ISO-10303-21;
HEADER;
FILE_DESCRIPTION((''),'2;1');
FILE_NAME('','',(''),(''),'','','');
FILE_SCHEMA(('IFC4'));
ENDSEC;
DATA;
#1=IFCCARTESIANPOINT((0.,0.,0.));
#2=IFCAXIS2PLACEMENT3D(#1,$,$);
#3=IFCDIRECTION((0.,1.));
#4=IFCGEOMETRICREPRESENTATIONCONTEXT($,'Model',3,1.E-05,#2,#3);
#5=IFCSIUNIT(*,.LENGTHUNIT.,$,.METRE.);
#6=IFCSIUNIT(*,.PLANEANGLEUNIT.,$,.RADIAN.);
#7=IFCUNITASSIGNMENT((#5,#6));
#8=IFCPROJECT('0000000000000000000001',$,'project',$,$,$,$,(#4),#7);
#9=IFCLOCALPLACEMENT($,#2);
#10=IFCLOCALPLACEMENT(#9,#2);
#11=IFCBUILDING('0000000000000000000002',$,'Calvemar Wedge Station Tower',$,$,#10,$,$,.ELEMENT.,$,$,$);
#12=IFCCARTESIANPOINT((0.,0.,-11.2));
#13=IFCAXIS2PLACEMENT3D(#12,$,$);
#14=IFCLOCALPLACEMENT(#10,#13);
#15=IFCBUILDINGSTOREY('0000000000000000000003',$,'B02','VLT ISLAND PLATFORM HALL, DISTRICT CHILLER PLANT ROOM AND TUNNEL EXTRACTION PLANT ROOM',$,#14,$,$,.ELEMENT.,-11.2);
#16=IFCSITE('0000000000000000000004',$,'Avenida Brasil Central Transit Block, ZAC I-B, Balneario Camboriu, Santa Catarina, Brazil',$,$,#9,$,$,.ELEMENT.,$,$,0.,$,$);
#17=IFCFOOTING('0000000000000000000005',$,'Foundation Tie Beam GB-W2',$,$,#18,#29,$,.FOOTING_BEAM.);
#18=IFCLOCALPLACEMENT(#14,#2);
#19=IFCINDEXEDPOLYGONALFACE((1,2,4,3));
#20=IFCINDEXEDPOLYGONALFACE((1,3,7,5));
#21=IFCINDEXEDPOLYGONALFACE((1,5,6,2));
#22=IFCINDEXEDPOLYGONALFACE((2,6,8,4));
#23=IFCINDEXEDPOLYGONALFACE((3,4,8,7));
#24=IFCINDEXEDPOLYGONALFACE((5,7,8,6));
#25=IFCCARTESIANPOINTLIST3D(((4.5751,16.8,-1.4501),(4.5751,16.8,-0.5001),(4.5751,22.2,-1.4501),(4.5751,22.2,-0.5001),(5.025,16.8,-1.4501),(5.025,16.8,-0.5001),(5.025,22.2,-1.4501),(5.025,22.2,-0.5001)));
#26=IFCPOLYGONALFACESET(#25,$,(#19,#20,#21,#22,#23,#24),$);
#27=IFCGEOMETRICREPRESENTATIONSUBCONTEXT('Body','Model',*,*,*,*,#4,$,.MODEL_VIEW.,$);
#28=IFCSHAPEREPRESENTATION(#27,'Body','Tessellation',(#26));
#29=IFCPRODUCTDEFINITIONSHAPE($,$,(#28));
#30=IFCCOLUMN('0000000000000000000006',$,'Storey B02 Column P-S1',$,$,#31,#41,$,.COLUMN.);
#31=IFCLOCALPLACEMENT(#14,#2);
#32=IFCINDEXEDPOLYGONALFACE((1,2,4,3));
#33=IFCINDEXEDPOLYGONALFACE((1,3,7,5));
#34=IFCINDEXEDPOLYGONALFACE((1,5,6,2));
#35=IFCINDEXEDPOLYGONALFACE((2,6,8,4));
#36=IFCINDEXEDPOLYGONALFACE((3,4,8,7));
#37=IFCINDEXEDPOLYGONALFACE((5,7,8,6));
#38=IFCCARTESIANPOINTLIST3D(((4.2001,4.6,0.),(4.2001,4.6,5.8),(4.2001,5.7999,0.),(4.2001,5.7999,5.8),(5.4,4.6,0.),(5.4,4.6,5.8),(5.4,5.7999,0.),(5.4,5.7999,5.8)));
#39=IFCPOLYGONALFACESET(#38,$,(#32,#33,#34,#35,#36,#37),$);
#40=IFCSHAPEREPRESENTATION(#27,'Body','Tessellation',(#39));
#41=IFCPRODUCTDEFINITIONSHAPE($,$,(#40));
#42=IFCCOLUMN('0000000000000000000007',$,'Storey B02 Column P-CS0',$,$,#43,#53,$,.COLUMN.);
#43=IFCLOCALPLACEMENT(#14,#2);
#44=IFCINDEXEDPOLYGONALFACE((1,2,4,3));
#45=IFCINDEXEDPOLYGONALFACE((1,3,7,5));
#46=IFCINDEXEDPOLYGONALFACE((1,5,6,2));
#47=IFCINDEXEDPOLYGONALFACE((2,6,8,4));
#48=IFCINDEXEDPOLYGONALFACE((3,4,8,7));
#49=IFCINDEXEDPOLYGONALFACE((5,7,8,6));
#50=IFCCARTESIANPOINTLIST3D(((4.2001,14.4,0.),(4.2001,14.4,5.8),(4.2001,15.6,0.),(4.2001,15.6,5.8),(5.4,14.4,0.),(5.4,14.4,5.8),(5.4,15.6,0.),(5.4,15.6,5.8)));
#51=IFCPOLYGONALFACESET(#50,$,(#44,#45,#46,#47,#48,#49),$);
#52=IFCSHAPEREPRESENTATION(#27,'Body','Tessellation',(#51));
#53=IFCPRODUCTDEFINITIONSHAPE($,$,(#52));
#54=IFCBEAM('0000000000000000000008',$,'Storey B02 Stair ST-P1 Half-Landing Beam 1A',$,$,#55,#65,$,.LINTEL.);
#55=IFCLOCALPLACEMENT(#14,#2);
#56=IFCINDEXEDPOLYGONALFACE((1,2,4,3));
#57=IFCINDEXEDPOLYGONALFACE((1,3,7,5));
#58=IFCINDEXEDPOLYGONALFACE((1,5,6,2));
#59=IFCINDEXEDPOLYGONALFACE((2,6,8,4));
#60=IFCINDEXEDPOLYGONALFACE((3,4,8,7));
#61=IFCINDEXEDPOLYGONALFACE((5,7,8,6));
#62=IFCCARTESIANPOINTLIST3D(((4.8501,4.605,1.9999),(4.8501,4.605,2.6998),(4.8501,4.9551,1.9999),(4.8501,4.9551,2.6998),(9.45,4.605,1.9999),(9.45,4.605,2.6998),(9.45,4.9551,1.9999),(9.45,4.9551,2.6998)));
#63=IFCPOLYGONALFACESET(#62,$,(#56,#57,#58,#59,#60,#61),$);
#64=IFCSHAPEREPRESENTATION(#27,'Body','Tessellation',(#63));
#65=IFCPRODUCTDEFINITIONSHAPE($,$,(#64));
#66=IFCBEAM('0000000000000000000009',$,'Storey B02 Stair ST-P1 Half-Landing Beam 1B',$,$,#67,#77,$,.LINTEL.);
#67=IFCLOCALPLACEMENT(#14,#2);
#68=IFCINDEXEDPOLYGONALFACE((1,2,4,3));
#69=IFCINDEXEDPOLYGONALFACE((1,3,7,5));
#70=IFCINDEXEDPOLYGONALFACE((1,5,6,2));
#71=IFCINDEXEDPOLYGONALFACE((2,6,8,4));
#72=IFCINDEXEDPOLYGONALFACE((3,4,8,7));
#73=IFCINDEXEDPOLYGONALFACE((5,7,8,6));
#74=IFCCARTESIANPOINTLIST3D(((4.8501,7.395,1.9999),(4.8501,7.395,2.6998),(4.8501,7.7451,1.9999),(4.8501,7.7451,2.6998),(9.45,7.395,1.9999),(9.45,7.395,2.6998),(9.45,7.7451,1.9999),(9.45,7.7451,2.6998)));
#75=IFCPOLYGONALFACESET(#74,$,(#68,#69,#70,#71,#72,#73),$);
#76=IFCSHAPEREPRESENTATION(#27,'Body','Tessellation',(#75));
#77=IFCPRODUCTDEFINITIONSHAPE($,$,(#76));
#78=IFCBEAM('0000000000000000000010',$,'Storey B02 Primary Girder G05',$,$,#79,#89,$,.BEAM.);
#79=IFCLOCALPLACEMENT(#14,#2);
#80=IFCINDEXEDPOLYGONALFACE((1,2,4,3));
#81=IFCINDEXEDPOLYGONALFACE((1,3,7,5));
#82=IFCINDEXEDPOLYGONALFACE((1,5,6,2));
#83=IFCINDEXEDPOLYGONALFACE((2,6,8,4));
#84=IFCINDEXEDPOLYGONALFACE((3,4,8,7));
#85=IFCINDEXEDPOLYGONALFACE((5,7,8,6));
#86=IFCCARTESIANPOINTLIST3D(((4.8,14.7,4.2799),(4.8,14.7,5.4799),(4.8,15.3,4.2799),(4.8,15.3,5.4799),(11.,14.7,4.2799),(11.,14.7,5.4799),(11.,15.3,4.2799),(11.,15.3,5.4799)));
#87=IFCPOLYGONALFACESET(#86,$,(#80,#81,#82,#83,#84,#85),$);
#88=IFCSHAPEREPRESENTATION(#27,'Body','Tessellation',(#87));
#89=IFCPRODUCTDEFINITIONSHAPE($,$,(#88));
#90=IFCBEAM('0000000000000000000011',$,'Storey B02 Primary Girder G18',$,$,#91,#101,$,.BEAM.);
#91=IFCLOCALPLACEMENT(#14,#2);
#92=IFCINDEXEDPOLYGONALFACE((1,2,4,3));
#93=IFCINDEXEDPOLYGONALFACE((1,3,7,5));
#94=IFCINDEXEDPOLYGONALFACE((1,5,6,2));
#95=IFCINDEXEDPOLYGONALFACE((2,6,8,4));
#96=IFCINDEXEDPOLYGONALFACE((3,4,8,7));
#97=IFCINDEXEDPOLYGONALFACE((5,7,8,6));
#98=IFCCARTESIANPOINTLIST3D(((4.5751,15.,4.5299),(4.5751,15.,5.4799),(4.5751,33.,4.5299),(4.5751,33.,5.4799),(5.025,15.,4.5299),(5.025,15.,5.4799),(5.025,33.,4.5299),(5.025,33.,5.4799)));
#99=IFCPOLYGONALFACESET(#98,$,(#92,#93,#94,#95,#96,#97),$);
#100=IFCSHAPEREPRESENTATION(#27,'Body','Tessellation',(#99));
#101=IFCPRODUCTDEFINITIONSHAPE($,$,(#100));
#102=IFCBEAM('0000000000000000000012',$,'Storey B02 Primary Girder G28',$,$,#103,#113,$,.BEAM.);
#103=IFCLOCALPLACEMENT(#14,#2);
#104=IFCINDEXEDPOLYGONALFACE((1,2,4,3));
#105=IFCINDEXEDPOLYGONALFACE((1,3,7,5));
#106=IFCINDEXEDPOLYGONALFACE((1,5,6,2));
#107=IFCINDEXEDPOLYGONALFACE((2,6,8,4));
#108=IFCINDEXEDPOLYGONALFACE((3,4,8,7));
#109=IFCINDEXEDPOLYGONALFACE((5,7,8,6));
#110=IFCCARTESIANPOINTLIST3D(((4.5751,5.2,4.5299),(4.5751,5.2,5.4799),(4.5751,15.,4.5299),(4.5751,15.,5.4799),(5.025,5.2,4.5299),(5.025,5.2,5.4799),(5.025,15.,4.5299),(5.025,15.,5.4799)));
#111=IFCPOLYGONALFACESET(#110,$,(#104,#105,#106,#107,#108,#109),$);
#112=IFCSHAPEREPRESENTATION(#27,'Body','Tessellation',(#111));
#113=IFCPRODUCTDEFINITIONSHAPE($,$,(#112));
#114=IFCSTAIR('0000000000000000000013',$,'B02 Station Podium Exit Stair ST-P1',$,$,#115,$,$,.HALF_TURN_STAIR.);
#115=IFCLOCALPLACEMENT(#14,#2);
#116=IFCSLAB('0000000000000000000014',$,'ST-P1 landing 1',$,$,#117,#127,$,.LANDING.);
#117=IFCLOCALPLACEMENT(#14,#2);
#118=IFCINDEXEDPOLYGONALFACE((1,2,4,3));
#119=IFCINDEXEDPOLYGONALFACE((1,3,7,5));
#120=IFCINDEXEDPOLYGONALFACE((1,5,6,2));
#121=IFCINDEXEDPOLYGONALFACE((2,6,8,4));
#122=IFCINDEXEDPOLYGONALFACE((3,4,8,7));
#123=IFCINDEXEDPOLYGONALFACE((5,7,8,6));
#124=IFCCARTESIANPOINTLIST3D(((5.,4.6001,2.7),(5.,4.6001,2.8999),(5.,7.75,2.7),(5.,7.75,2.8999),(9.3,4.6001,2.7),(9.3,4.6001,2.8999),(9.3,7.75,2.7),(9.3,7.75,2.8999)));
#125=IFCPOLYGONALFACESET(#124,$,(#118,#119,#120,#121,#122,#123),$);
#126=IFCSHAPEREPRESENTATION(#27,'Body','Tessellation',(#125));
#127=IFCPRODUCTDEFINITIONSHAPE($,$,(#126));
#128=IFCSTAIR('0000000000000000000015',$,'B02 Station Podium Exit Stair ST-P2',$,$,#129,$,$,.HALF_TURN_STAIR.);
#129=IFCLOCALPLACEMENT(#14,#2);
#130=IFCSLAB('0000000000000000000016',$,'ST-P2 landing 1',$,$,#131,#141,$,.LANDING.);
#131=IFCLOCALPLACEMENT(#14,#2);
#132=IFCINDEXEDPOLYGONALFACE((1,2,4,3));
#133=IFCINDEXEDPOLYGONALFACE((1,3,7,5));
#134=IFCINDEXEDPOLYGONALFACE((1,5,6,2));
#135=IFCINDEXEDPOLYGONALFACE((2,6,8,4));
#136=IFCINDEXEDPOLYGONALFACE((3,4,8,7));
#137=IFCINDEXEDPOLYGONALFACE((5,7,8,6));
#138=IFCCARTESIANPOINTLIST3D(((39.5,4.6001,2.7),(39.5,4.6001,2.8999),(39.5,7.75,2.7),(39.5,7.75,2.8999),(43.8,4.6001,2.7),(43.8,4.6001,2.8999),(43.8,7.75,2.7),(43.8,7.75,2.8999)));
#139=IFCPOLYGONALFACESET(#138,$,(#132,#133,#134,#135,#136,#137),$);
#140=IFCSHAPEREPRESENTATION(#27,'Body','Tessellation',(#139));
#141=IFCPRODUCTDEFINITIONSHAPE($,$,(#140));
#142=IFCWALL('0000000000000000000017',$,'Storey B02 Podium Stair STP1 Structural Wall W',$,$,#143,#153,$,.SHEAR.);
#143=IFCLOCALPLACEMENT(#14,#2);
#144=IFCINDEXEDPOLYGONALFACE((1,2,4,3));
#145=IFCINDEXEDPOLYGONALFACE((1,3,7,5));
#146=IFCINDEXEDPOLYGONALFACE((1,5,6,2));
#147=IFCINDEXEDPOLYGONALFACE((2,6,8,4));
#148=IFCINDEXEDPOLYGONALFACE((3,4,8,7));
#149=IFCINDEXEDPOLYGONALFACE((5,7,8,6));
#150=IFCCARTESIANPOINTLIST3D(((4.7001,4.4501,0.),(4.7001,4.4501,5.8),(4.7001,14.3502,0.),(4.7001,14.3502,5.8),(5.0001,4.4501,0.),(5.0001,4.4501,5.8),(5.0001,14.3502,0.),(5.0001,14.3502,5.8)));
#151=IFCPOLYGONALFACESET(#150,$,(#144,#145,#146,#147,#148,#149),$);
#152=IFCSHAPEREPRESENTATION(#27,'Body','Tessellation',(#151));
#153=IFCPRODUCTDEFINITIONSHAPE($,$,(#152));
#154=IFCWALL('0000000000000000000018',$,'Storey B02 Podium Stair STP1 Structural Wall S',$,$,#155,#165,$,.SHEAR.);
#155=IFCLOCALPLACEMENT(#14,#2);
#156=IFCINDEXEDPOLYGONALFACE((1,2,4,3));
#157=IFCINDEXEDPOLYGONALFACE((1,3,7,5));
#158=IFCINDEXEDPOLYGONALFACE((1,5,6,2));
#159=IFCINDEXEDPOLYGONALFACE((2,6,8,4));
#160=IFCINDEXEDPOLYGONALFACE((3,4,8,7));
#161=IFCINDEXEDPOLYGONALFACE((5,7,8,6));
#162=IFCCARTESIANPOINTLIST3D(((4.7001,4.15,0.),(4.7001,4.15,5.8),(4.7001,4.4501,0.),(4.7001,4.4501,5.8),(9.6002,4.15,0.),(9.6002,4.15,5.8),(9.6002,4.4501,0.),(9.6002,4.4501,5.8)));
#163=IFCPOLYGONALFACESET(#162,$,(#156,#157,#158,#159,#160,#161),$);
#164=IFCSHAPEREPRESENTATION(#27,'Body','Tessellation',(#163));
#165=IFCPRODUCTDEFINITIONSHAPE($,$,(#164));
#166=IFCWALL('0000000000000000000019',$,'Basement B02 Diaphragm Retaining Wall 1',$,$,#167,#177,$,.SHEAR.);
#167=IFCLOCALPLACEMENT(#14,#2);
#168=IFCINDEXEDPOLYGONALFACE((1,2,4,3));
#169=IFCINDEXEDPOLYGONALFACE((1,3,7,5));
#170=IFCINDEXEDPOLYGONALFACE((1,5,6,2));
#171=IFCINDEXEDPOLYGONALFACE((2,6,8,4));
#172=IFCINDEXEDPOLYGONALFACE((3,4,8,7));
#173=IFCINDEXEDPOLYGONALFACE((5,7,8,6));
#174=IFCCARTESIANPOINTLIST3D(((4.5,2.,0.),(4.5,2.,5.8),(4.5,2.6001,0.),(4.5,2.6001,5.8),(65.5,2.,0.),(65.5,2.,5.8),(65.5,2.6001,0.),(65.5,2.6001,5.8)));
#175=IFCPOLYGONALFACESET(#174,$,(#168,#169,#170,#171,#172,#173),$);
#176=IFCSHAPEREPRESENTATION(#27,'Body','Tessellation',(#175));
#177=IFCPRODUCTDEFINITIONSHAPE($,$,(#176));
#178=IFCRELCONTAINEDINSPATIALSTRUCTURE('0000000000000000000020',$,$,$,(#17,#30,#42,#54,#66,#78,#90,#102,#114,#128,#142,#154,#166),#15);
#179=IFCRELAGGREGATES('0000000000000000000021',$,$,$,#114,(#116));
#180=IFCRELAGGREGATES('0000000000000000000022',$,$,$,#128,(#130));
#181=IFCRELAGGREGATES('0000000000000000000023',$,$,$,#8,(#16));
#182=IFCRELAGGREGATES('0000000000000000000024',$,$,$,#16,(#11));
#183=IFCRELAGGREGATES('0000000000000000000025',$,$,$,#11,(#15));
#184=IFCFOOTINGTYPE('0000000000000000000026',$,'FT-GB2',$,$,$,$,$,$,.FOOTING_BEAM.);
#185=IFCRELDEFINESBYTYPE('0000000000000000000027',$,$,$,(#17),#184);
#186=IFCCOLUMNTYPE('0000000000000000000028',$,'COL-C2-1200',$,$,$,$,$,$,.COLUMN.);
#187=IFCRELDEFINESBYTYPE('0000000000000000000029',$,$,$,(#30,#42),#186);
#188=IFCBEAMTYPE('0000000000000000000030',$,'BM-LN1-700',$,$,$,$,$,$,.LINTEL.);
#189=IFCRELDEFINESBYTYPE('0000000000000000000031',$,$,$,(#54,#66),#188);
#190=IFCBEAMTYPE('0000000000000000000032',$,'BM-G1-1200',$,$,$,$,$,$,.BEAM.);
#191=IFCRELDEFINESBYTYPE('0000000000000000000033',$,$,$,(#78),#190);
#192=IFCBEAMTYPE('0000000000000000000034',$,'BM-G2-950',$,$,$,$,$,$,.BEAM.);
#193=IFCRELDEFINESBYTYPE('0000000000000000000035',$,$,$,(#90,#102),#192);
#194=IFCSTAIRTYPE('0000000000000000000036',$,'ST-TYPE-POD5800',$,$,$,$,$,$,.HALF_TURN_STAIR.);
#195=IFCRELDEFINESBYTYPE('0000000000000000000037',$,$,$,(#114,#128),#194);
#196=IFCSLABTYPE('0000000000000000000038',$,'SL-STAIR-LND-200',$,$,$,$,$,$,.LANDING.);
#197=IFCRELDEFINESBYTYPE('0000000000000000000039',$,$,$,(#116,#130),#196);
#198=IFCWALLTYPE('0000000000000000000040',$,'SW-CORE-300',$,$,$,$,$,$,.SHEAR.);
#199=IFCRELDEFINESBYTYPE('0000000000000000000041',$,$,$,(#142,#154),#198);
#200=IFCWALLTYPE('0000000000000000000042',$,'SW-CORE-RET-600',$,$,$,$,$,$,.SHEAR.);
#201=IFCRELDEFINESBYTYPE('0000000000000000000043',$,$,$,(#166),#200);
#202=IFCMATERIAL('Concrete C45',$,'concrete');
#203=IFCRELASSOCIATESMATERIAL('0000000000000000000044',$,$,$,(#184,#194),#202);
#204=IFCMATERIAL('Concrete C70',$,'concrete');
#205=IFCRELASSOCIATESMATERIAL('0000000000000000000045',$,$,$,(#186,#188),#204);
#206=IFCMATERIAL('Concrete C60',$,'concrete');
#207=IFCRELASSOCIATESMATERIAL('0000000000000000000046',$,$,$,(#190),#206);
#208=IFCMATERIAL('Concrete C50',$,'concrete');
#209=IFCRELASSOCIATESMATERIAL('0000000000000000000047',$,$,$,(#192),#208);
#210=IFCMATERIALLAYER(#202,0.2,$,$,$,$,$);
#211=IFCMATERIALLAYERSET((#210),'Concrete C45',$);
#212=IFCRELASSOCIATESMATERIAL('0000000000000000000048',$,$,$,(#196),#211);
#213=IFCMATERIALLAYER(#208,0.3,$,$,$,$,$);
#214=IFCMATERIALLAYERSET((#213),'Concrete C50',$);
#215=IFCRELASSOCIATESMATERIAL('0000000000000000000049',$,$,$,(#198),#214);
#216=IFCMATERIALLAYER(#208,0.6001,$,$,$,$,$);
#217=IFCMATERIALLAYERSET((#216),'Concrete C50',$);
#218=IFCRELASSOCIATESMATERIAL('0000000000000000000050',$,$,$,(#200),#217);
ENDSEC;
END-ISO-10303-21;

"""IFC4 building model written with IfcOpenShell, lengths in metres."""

from ifc_helpers import new_model, si_unit, direction, frame, frame_2d, origin, origin_2d, place, context, subcontext, project, spatial, polyline, rectangle, outline, extrude, source, transform, mapped, material, layer, layer_set, material_profile, profile_set, type_object, element, aggregate, save


model = new_model("IFC4")

# Units and contexts
model_context = context("Model", 3, precision=1e-05, world=origin(), true_north=direction((0.0, 1.0)))
body_context = subcontext(model_context, "Body", "Model", "MODEL_VIEW")
ifc_project = project(units=[si_unit("LENGTHUNIT", "METRE"), si_unit("PLANEANGLEUNIT", "RADIAN")], contexts=[model_context])

# Site, building, storey
site_placement = place(None, origin())
site = spatial("IfcSite", under=ifc_project, at=site_placement, Name="Avenida Brasil Central Transit Block, ZAC I-B, Balneario Camboriu, Santa Catarina, Brazil", CompositionType="ELEMENT", RefElevation=0.0)
building_placement = place(site_placement, origin())
building = spatial("IfcBuilding", under=site, at=building_placement, Name="Calvemar Wedge Station Tower", CompositionType="ELEMENT")
storey_placement = place(building_placement, frame((0.0, 0.0, -11.2)))
storey = spatial("IfcBuildingStorey", under=building, at=storey_placement, Name="B02", Description="VLT ISLAND PLATFORM HALL, DISTRICT CHILLER PLANT ROOM AND TUNNEL EXTRACTION PLANT ROOM", CompositionType="ELEMENT", Elevation=-11.2)

# Shared definitions
ifc_material_1 = material(Name="Concrete C45", Category="concrete")

# Footing
ifc_material_profile_1 = material_profile(ifc_material_1, rectangle(XDim=0.45, YDim=0.95, at=origin_2d()), Name="RC450x950")
ifc_profile_set_1 = profile_set([ifc_material_profile_1], Name="Concrete C45")
footing_type_1 = type_object("IfcFootingType", Name="FT-GB2", PredefinedType="FOOTING_BEAM", material=ifc_profile_set_1)
shared_shape_1 = source(origin(), body_context, "Body", "SweptSolid", [
    extrude(rectangle(XDim=0.45, YDim=0.95, at=origin_2d()), origin(), (0.0, 0.0, 1.0), 5.3999),
])
for number, where, z_axis, x_axis, name in (
    (1, (4.8, 16.8, -0.9751), (0.0, 1.0, 0.0), (-1.0, 0.0, 0.0), "Foundation Tie Beam GB-W2"),
):
    element("IfcFooting", number, at=place(storey_placement, frame(where, z_axis=z_axis, x_axis=x_axis)), inside=storey, type_object=footing_type_1, Name=name, PredefinedType="FOOTING_BEAM", context=body_context, shape_type="MappedRepresentation", body=[
        mapped(shared_shape_1, transform((0.0, 0.0, 0.0), scale=1.0)),
    ])

# Columns
ifc_material_2 = material(Name="Concrete C70", Category="concrete")
ifc_material_profile_2 = material_profile(ifc_material_2, rectangle(XDim=1.2, YDim=1.2, at=origin_2d()), Name="RC1200x1200")
ifc_profile_set_2 = profile_set([ifc_material_profile_2], Name="Concrete C70")
column_type = type_object("IfcColumnType", Name="COL-C2-1200", PredefinedType="COLUMN", material=ifc_profile_set_2)
shared_shape_2 = source(origin(), body_context, "Body", "SweptSolid", [
    extrude(rectangle(XDim=1.2, YDim=1.2, at=origin_2d()), origin(), (0.0, 0.0, 1.0), 5.8),
])
for number, where, z_axis, x_axis, name in (
    (2, (4.8, 5.2, 0.0), (0.0, 0.0, 1.0), (1.0, 0.0, 0.0), "Storey B02 Column P-S1"),
    (3, (4.8, 15.0, 0.0), (0.0, 0.0, 1.0), (1.0, 0.0, 0.0), "Storey B02 Column P-CS0"),
):
    element("IfcColumn", number, at=place(storey_placement, frame(where, z_axis=z_axis, x_axis=x_axis)), inside=storey, type_object=column_type, Name=name, PredefinedType="COLUMN", context=body_context, shape_type="MappedRepresentation", body=[
        mapped(shared_shape_2, transform((0.0, 0.0, 0.0), scale=1.0)),
    ])

# Beams
ifc_material_profile_3 = material_profile(ifc_material_2, rectangle(XDim=0.3501, YDim=0.7, at=origin_2d()), Name="RC350x700")
ifc_profile_set_3 = profile_set([ifc_material_profile_3], Name="Concrete C70")
beam_type_1 = type_object("IfcBeamType", Name="BM-LN1-700", PredefinedType="LINTEL", material=ifc_profile_set_3)
shared_shape_3 = source(origin(), body_context, "Body", "SweptSolid", [
    extrude(rectangle(XDim=0.3501, YDim=0.7, at=origin_2d()), origin(), (0.0, 0.0, 1.0), 4.5999),
])
for number, where, z_axis, x_axis, name in (
    (4, (4.8501, 4.78, 2.3499), (1.0, 0.0, 0.0), (0.0, 1.0, 0.0), "Storey B02 Stair ST-P1 Half-Landing Beam 1A"),
    (5, (4.8501, 7.5701, 2.3499), (1.0, 0.0, 0.0), (0.0, 1.0, 0.0), "Storey B02 Stair ST-P1 Half-Landing Beam 1B"),
):
    element("IfcBeam", number, at=place(storey_placement, frame(where, z_axis=z_axis, x_axis=x_axis)), inside=storey, type_object=beam_type_1, Name=name, PredefinedType="LINTEL", context=body_context, shape_type="MappedRepresentation", body=[
        mapped(shared_shape_3, transform((0.0, 0.0, 0.0), scale=1.0)),
    ])
ifc_material_3 = material(Name="Concrete C60", Category="concrete")
ifc_material_profile_4 = material_profile(ifc_material_3, rectangle(XDim=0.6001, YDim=1.2, at=origin_2d()), Name="RC600x1200")
ifc_profile_set_4 = profile_set([ifc_material_profile_4], Name="Concrete C60")
beam_type_2 = type_object("IfcBeamType", Name="BM-G1-1200", PredefinedType="BEAM", material=ifc_profile_set_4)
shared_shape_4 = source(origin(), body_context, "Body", "SweptSolid", [
    extrude(rectangle(XDim=0.6001, YDim=1.2, at=origin_2d()), origin(), (0.0, 0.0, 1.0), 6.2),
])
beam_1_placement = place(storey_placement, frame((4.8, 15.0, 4.8799), z_axis=(1.0, 0.0, 0.0), x_axis=(0.0, 1.0, 0.0)))
element("IfcBeam", 6, at=beam_1_placement, inside=storey, type_object=beam_type_2, Name="Storey B02 Primary Girder G05", PredefinedType="BEAM", context=body_context, shape_type="MappedRepresentation", body=[
    mapped(shared_shape_4, transform((0.0, 0.0, 0.0), scale=1.0)),
])
ifc_material_4 = material(Name="Concrete C50", Category="concrete")
ifc_material_profile_5 = material_profile(ifc_material_4, rectangle(XDim=0.45, YDim=0.95, at=origin_2d()), Name="RC450x950")
ifc_profile_set_5 = profile_set([ifc_material_profile_5], Name="Concrete C50")
beam_type_3 = type_object("IfcBeamType", Name="BM-G2-950", PredefinedType="BEAM", material=ifc_profile_set_5)
shared_shape_5 = source(origin(), body_context, "Body", "SweptSolid", [
    extrude(rectangle(XDim=0.45, YDim=0.95, at=origin_2d()), origin(), (0.0, 0.0, 1.0), 18.0),
])
beam_2_placement = place(storey_placement, frame((4.8, 15.0, 5.0049), z_axis=(0.0, 1.0, 0.0), x_axis=(-1.0, 0.0, 0.0)))
element("IfcBeam", 7, at=beam_2_placement, inside=storey, type_object=beam_type_3, Name="Storey B02 Primary Girder G18", PredefinedType="BEAM", context=body_context, shape_type="MappedRepresentation", body=[
    mapped(shared_shape_5, transform((0.0, 0.0, 0.0), scale=1.0)),
])
shared_shape_6 = source(origin(), body_context, "Body", "SweptSolid", [
    extrude(rectangle(XDim=0.45, YDim=0.95, at=origin_2d()), origin(), (0.0, 0.0, 1.0), 9.8),
])
beam_3_placement = place(storey_placement, frame((4.8, 5.2, 5.0049), z_axis=(0.0, 1.0, 0.0), x_axis=(-1.0, 0.0, 0.0)))
element("IfcBeam", 8, at=beam_3_placement, inside=storey, type_object=beam_type_3, Name="Storey B02 Primary Girder G28", PredefinedType="BEAM", context=body_context, shape_type="MappedRepresentation", body=[
    mapped(shared_shape_6, transform((0.0, 0.0, 0.0), scale=1.0)),
])

# Stairs, slabs
stair_type = type_object("IfcStairType", Name="ST-TYPE-POD5800", PredefinedType="HALF_TURN_STAIR", material=ifc_material_1)
stair_1_placement = place(storey_placement, origin())
stair_1 = element("IfcStair", 9, at=stair_1_placement, inside=storey, type_object=stair_type, Name="B02 Station Podium Exit Stair ST-P1", PredefinedType="HALF_TURN_STAIR")
ifc_layer_1 = layer(ifc_material_1, 0.2)
ifc_layer_set_1 = layer_set([ifc_layer_1], Name="Concrete C45")
slab_type = type_object("IfcSlabType", Name="SL-STAIR-LND-200", PredefinedType="LANDING", material=ifc_layer_set_1)
slab_1_placement = place(storey_placement, frame((0.0, 0.0, 2.7)))
slab_1 = element("IfcSlab", 10, at=slab_1_placement, type_object=slab_type, Name="ST-P1 landing 1", PredefinedType="LANDING", context=body_context, shape_type="SweptSolid", body=[
    extrude(outline(polyline([(5.0, 7.75), (5.0, 4.6001), (9.3, 4.6001), (9.3, 7.75), (5.0, 7.75)])), origin(), (0.0, 0.0, 1.0), 0.2),
])
aggregate(stair_1, [slab_1])
stair_2_placement = place(storey_placement, origin())
stair_2 = element("IfcStair", 11, at=stair_2_placement, inside=storey, type_object=stair_type, Name="B02 Station Podium Exit Stair ST-P2", PredefinedType="HALF_TURN_STAIR")
slab_2_placement = place(storey_placement, frame((0.0, 0.0, 2.7)))
slab_2 = element("IfcSlab", 12, at=slab_2_placement, type_object=slab_type, Name="ST-P2 landing 1", PredefinedType="LANDING", context=body_context, shape_type="SweptSolid", body=[
    extrude(outline(polyline([(39.5, 7.75), (39.5, 4.6001), (43.8, 4.6001), (43.8, 7.75), (39.5, 7.75)])), origin(), (0.0, 0.0, 1.0), 0.2),
])
aggregate(stair_2, [slab_2])

# Walls
ifc_layer_2 = layer(ifc_material_4, 0.3)
ifc_layer_set_2 = layer_set([ifc_layer_2], Name="Concrete C50")
wall_type_1 = type_object("IfcWallType", Name="SW-CORE-300", PredefinedType="SHEAR", material=ifc_layer_set_2)
wall_1_placement = place(storey_placement, frame((4.8501, 4.45, 0.0), z_axis=(0.0, 0.0, 1.0), x_axis=(0.0, 1.0, 0.0)))
element("IfcWall", 13, at=wall_1_placement, inside=storey, type_object=wall_type_1, Name="Storey B02 Podium Stair STP1 Structural Wall W", PredefinedType="SHEAR", context=body_context, shape_type="SweptSolid", body=[
    extrude(rectangle(XDim=9.9001, YDim=0.3, at=frame_2d((4.9502, 0.0))), origin(), (0.0, 0.0, 1.0), 5.8),
])
wall_2_placement = place(storey_placement, frame((4.7, 4.3, 0.0), z_axis=(0.0, 0.0, 1.0), x_axis=(1.0, 0.0, 0.0)))
element("IfcWall", 14, at=wall_2_placement, inside=storey, type_object=wall_type_1, Name="Storey B02 Podium Stair STP1 Structural Wall S", PredefinedType="SHEAR", context=body_context, shape_type="SweptSolid", body=[
    extrude(rectangle(XDim=4.9001, YDim=0.3, at=frame_2d((2.4502, 0.0))), origin(), (0.0, 0.0, 1.0), 5.8),
])

# Wall
ifc_layer_3 = layer(ifc_material_4, 0.6001)
ifc_layer_set_3 = layer_set([ifc_layer_3], Name="Concrete C50")
wall_type_2 = type_object("IfcWallType", Name="SW-CORE-RET-600", PredefinedType="SHEAR", material=ifc_layer_set_3)
wall_3_placement = place(storey_placement, frame((4.5, 2.3, 0.0), z_axis=(0.0, 0.0, 1.0), x_axis=(1.0, 0.0, 0.0)))
element("IfcWall", 15, at=wall_3_placement, inside=storey, type_object=wall_type_2, Name="Basement B02 Diaphragm Retaining Wall 1", PredefinedType="SHEAR", context=body_context, shape_type="SweptSolid", body=[
    extrude(rectangle(XDim=61.0, YDim=0.6001, at=frame_2d((30.5, 0.0))), origin(), (0.0, 0.0, 1.0), 5.8),
])

save(model, "model.ifc")
